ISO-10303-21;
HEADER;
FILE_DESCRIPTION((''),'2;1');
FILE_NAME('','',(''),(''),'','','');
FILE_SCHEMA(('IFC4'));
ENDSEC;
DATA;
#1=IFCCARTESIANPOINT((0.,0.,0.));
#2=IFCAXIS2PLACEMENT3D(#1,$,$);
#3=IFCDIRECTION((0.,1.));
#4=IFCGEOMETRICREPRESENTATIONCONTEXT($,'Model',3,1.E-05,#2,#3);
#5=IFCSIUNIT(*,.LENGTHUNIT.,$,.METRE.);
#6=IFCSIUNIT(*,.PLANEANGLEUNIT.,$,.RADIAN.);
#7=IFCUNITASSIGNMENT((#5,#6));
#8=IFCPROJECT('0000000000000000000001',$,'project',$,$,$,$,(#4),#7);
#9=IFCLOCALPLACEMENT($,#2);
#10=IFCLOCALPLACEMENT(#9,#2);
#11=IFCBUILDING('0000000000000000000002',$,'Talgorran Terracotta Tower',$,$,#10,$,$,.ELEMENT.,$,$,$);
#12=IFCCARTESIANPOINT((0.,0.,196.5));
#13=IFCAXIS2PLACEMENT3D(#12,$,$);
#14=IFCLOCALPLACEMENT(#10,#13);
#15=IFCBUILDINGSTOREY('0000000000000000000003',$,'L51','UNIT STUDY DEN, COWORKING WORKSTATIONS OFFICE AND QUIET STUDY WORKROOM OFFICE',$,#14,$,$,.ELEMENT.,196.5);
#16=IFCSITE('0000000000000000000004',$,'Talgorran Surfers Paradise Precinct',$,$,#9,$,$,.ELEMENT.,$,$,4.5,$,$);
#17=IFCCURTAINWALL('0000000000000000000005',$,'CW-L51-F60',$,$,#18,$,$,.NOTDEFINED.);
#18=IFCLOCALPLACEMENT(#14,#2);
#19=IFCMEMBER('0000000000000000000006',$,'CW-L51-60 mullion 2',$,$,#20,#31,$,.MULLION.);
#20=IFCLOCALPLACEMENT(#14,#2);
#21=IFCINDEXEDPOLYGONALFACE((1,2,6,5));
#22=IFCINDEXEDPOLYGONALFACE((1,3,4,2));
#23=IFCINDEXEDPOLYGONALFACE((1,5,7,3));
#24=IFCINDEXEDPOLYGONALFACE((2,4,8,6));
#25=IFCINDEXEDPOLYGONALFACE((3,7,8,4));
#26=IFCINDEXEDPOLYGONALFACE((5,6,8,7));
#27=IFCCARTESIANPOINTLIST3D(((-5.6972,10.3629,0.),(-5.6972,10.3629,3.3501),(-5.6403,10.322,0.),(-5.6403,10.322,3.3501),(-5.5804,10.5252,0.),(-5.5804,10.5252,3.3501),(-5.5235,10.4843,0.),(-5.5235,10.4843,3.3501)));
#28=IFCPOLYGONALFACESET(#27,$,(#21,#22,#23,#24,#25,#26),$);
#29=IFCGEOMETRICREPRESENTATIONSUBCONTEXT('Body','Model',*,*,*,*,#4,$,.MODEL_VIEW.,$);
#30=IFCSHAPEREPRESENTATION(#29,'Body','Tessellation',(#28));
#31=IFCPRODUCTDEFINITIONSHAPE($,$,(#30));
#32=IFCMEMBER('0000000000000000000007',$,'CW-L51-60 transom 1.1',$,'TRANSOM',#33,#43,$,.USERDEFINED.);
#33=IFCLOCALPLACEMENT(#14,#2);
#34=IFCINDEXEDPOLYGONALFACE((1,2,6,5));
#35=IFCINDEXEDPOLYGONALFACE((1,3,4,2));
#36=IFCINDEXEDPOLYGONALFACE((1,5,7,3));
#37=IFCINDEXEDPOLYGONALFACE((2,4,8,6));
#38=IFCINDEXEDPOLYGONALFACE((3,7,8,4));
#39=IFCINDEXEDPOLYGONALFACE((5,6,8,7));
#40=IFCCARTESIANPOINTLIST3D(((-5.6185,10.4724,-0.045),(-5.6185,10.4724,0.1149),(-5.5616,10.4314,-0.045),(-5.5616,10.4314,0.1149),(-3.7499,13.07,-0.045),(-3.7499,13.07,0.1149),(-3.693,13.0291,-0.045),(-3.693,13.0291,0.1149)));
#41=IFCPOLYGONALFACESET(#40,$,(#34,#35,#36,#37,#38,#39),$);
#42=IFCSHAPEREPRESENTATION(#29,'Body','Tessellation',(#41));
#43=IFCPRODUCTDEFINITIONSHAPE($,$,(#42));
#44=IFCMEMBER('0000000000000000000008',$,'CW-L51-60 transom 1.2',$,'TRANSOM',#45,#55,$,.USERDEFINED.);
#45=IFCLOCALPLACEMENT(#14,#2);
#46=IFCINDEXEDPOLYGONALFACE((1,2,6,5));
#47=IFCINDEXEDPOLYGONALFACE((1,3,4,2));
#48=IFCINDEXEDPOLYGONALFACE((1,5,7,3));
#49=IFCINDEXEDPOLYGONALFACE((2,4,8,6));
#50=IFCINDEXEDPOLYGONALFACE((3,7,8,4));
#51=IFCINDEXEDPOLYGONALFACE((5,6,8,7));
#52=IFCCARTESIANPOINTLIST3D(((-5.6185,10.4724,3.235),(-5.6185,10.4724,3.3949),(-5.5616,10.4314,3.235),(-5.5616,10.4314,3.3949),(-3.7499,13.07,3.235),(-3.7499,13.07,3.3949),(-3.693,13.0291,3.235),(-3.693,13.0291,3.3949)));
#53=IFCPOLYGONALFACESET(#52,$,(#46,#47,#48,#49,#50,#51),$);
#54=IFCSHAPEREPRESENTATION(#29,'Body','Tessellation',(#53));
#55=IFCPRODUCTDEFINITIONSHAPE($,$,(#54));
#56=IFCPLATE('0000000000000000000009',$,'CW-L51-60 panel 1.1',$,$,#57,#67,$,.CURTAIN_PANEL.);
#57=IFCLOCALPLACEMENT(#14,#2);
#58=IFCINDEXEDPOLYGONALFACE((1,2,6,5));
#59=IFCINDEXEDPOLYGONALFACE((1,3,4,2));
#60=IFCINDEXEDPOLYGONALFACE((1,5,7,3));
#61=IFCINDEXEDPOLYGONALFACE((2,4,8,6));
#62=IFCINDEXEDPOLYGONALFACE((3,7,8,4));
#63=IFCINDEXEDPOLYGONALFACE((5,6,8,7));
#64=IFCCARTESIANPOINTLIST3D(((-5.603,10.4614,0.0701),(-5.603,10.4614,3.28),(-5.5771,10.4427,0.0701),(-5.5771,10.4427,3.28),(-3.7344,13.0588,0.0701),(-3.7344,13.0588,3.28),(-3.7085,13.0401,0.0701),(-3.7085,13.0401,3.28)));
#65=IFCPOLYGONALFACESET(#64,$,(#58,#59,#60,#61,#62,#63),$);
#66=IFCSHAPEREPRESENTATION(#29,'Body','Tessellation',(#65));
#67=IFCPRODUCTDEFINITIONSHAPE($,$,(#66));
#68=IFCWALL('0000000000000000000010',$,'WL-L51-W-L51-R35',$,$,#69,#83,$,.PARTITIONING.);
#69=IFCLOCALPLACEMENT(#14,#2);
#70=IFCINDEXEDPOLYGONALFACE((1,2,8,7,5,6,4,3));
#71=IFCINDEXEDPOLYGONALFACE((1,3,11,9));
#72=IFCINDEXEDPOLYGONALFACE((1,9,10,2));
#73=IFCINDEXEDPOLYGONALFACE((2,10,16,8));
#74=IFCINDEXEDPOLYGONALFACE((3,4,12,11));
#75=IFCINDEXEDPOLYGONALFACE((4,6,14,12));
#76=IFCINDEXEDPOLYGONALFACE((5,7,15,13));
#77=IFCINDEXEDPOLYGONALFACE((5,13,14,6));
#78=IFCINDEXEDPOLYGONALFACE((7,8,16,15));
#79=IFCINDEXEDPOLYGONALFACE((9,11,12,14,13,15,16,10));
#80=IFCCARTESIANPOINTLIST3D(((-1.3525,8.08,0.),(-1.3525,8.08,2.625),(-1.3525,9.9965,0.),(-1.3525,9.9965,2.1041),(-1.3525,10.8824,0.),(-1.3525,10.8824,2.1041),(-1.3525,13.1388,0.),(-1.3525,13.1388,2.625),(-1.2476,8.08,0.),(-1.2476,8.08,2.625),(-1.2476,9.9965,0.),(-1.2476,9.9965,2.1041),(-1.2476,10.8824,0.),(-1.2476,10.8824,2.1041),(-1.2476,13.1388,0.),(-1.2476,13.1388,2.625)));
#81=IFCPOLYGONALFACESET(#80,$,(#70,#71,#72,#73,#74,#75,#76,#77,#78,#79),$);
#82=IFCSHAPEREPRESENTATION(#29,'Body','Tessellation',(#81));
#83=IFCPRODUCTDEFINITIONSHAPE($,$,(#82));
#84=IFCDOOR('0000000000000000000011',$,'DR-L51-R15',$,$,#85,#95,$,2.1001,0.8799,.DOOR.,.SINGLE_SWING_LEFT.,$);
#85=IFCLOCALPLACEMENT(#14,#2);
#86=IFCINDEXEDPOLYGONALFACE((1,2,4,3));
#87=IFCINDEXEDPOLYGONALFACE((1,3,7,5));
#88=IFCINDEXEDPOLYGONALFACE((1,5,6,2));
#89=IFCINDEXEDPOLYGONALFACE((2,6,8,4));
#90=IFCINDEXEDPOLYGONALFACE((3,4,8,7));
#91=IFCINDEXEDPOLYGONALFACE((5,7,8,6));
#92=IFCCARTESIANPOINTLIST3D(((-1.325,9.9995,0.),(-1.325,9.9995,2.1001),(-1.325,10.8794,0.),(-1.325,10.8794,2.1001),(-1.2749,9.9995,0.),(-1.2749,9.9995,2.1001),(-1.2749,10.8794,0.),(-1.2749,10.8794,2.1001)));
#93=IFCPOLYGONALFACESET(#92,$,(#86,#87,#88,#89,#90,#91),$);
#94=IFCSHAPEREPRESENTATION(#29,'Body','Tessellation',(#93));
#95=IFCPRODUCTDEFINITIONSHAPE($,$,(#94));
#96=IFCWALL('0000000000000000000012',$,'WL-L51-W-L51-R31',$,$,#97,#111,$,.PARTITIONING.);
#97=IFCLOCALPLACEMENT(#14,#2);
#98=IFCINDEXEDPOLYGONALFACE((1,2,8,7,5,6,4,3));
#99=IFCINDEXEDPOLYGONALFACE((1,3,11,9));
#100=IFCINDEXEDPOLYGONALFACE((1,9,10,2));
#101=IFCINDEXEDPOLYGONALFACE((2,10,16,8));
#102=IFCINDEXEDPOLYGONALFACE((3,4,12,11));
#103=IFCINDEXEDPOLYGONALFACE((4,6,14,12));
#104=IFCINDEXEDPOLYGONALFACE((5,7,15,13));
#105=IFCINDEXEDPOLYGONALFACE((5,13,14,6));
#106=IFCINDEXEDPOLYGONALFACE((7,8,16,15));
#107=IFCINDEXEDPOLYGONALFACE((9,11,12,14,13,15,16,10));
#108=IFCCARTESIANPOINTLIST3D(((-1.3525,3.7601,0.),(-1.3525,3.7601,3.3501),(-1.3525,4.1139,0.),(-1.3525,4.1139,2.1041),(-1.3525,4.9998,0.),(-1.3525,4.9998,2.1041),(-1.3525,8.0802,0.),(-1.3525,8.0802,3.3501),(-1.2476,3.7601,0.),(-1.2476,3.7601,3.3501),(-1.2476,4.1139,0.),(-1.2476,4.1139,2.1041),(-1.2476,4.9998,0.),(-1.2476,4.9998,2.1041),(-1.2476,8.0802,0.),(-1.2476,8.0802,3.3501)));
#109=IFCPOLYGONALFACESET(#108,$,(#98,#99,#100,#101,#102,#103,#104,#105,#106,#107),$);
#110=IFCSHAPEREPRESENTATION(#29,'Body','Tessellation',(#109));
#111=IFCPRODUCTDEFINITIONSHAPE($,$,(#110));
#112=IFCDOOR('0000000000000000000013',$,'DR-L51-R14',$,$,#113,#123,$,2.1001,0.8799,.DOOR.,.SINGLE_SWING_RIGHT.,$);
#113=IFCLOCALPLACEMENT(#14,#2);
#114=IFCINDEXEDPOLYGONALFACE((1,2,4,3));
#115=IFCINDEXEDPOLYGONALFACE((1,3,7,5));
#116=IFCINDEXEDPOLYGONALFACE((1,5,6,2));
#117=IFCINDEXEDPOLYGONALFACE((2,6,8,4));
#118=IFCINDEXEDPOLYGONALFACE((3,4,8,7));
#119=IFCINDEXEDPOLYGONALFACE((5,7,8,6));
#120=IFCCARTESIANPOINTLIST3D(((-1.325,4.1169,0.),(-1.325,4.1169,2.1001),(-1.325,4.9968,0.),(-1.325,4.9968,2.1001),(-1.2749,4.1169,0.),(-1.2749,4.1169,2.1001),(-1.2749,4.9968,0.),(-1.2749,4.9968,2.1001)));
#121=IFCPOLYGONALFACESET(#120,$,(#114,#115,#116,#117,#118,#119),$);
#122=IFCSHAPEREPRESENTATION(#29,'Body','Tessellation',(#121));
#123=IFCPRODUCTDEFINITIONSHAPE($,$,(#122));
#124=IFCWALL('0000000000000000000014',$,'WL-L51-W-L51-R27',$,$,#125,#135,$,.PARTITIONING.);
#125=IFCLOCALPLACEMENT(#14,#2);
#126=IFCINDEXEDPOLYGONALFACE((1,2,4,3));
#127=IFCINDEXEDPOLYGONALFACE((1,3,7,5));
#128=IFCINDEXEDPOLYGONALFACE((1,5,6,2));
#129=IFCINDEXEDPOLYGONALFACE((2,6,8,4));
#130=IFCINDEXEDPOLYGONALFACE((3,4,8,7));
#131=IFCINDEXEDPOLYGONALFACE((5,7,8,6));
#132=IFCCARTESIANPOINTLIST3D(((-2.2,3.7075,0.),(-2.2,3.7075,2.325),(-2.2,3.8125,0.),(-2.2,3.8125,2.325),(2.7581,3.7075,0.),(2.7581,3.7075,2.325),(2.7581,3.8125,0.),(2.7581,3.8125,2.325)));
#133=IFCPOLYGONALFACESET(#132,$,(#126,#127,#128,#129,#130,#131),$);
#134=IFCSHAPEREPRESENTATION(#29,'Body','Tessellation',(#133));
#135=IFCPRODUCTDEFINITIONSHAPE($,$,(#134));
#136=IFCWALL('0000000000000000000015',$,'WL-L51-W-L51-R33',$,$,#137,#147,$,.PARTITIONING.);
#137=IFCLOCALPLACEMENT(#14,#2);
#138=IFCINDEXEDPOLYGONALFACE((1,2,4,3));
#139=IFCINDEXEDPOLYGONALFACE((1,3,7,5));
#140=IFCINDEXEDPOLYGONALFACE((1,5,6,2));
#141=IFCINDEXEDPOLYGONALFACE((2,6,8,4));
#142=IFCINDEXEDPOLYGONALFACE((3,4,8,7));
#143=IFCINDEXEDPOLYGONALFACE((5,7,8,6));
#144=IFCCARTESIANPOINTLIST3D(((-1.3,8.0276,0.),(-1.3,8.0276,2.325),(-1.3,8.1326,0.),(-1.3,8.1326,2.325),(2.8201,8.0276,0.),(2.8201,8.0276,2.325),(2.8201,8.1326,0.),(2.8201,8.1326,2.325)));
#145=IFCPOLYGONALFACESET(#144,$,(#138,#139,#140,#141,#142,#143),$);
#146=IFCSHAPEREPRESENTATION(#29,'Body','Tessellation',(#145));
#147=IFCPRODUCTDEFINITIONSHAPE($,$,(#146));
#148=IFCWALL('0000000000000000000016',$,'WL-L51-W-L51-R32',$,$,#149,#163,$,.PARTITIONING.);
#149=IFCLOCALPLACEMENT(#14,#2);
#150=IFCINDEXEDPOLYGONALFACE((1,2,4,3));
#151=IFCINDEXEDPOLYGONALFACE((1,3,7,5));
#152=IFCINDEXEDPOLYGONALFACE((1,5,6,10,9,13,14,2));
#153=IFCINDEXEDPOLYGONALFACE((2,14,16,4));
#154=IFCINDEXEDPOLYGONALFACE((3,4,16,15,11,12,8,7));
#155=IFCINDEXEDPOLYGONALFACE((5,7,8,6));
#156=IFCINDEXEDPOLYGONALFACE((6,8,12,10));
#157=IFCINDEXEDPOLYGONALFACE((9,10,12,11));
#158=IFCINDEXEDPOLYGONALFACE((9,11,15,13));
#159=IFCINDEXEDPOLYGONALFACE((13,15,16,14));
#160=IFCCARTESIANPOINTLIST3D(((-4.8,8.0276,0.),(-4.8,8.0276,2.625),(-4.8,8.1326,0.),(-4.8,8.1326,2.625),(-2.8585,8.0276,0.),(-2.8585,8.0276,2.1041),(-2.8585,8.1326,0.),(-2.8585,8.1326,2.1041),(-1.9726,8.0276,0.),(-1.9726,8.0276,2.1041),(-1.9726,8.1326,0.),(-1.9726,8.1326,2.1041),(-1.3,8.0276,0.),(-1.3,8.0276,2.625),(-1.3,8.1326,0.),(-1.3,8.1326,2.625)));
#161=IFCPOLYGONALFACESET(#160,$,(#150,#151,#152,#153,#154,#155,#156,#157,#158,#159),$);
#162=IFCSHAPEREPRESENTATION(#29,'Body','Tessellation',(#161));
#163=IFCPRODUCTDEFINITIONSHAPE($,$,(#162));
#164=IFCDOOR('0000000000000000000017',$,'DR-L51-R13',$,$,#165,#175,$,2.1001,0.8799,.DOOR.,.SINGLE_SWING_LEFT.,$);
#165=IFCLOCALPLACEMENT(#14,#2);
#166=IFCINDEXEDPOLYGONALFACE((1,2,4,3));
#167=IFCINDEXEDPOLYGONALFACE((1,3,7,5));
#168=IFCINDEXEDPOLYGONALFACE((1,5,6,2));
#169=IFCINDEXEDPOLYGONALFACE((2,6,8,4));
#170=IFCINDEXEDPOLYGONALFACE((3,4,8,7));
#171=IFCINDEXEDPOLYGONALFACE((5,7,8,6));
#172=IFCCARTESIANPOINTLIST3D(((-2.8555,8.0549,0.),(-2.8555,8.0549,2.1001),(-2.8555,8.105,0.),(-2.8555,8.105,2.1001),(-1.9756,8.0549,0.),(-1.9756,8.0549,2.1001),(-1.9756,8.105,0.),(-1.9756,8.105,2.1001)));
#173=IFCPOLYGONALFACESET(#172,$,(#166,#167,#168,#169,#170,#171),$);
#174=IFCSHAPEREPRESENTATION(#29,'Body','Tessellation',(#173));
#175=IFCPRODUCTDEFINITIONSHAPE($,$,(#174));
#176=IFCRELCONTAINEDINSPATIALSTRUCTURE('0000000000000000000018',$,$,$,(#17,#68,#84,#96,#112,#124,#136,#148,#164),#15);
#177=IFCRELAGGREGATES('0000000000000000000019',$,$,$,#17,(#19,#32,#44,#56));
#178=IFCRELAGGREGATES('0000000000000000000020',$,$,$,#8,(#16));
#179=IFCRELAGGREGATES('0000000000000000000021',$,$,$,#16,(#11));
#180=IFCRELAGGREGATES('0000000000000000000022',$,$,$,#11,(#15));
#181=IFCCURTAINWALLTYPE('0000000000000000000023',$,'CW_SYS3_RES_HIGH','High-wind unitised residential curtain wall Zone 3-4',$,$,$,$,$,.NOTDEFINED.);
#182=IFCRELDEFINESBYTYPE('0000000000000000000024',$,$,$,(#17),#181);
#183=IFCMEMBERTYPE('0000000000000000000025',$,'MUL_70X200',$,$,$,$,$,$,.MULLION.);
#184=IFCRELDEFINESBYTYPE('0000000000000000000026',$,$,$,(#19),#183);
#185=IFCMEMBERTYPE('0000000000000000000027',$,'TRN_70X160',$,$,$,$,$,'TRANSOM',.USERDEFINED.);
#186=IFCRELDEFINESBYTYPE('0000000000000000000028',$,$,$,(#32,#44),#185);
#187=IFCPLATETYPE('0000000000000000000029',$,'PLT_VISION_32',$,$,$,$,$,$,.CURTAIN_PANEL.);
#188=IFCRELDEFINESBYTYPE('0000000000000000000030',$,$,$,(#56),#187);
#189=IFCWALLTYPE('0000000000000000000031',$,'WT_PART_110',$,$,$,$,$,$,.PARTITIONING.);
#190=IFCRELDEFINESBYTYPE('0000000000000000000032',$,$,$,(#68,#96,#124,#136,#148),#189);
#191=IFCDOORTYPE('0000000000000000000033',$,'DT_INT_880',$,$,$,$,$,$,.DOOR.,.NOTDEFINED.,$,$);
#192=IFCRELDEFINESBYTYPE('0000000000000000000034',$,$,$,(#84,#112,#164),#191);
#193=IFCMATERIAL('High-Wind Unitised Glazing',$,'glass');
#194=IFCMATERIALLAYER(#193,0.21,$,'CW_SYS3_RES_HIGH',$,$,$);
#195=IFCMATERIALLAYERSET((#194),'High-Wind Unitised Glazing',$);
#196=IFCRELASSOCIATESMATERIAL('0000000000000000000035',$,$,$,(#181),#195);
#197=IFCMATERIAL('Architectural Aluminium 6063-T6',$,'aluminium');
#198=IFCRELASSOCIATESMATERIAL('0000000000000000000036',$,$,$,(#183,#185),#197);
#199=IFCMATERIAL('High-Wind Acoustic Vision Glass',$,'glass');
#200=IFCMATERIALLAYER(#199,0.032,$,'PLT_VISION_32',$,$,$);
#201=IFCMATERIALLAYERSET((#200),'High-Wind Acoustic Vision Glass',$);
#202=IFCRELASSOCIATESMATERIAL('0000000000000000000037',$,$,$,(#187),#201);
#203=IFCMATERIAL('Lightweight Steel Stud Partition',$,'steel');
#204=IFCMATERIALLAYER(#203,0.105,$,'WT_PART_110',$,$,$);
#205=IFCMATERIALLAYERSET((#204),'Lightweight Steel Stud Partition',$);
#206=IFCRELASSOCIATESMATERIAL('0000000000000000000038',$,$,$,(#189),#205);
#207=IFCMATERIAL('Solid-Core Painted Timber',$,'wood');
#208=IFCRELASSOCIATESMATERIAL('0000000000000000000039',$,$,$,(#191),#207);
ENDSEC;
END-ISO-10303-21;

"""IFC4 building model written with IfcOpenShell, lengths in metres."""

from ifc_helpers import new_model, si_unit, direction, frame, frame_2d, origin, origin_2d, place, context, subcontext, project, spatial, rectangle, extrude, source, transform, mapped, material, layer, layer_set, material_profile, profile_set, type_object, type_shapes, element, fill, aggregate, save


model = new_model("IFC4")

# Units and contexts
model_context = context("Model", 3, precision=1e-05, world=origin(), true_north=direction((0.0, 1.0)))
body_context = subcontext(model_context, "Body", "Model", "MODEL_VIEW")
ifc_project = project(units=[si_unit("LENGTHUNIT", "METRE"), si_unit("PLANEANGLEUNIT", "RADIAN")], contexts=[model_context])

# Site, building, storey
site_placement = place(None, origin())
site = spatial("IfcSite", under=ifc_project, at=site_placement, Name="Talgorran Surfers Paradise Precinct", CompositionType="ELEMENT", RefElevation=4.5)
building_placement = place(site_placement, origin())
building = spatial("IfcBuilding", under=site, at=building_placement, Name="Talgorran Terracotta Tower", CompositionType="ELEMENT")
storey_placement = place(building_placement, frame((0.0, 0.0, 196.5)))
storey = spatial("IfcBuildingStorey", under=building, at=storey_placement, Name="L51", Description="UNIT STUDY DEN, COWORKING WORKSTATIONS OFFICE AND QUIET STUDY WORKROOM OFFICE", CompositionType="ELEMENT", Elevation=196.5)

# Shared definitions
ifc_material_1 = material(Name="High-Wind Unitised Glazing", Category="glass")
ifc_layer_1 = layer(ifc_material_1, 0.21, Name="CW_SYS3_RES_HIGH")
ifc_layer_set_1 = layer_set([ifc_layer_1], Name="High-Wind Unitised Glazing")
curtain_wall_type = type_object("IfcCurtainWallType", Name="CW_SYS3_RES_HIGH", Description="High-wind unitised residential curtain wall Zone 3-4", PredefinedType="NOTDEFINED", material=ifc_layer_set_1)
ifc_material_2 = material(Name="Architectural Aluminium 6063-T6", Category="aluminium")
ifc_material_profile_1 = material_profile(ifc_material_2, rectangle(XDim=0.0701, YDim=0.2, at=origin_2d()), Name="CWM70X200")
ifc_profile_set_1 = profile_set([ifc_material_profile_1], Name="Architectural Aluminium 6063-T6")
member_type_1 = type_object("IfcMemberType", Name="MUL_70X200", PredefinedType="MULLION", material=ifc_profile_set_1)

# Curtain wall, members, plate
curtain_wall_1_placement = place(storey_placement, origin())
curtain_wall_1 = element("IfcCurtainWall", 1, at=curtain_wall_1_placement, inside=storey, type_object=curtain_wall_type, Name="CW-L51-F60", PredefinedType="NOTDEFINED")
member_1_placement = place(storey_placement, frame((-5.6104, 10.4236, 0.0), z_axis=(0.0, 0.0, 1.0), x_axis=(0.81176, -0.583991, 0.0)))
member_1 = element("IfcMember", 2, at=member_1_placement, type_object=member_type_1, Name="CW-L51-60 mullion 2", PredefinedType="MULLION", context=body_context, shape_type="SweptSolid", body=[
    extrude(rectangle(XDim=0.0701, YDim=0.2, at=origin_2d()), origin(), (0.0, 0.0, 1.0), 3.3501),
])
ifc_material_profile_2 = material_profile(ifc_material_2, rectangle(XDim=0.0701, YDim=0.1599, at=origin_2d()), Name="CWT70X160")
ifc_profile_set_2 = profile_set([ifc_material_profile_2], Name="Architectural Aluminium 6063-T6")
member_type_2 = type_object("IfcMemberType", Name="TRN_70X160", ElementType="TRANSOM", PredefinedType="USERDEFINED", material=ifc_profile_set_2)
member_2_placement = place(storey_placement, frame((-3.7214, 13.0496, 0.0349), z_axis=(-0.583963, -0.81178, 0.0), x_axis=(0.81178, -0.583963, 0.0)))
member_2 = element("IfcMember", 3, at=member_2_placement, type_object=member_type_2, Name="CW-L51-60 transom 1.1", ObjectType="TRANSOM", PredefinedType="USERDEFINED", context=body_context, shape_type="SweptSolid", body=[
    extrude(rectangle(XDim=0.0701, YDim=0.1599, at=origin_2d()), origin(), (0.0, 0.0, 1.0), 3.2),
])
member_3_placement = place(storey_placement, frame((-3.7214, 13.0496, 3.3149), z_axis=(-0.583963, -0.81178, 0.0), x_axis=(0.81178, -0.583963, 0.0)))
member_3 = element("IfcMember", 4, at=member_3_placement, type_object=member_type_2, Name="CW-L51-60 transom 1.2", ObjectType="TRANSOM", PredefinedType="USERDEFINED", context=body_context, shape_type="SweptSolid", body=[
    extrude(rectangle(XDim=0.0701, YDim=0.1599, at=origin_2d()), origin(), (0.0, 0.0, 1.0), 3.2),
])
ifc_material_3 = material(Name="High-Wind Acoustic Vision Glass", Category="glass")
ifc_layer_2 = layer(ifc_material_3, 0.032, Name="PLT_VISION_32")
ifc_layer_set_2 = layer_set([ifc_layer_2], Name="High-Wind Acoustic Vision Glass")
plate_type = type_object("IfcPlateType", Name="PLT_VISION_32", PredefinedType="CURTAIN_PANEL", material=ifc_layer_set_2)
shared_shape = source(origin(), body_context, "Body", "SweptSolid", [
    extrude(rectangle(XDim=3.1997, YDim=0.032, at=origin_2d()), origin(), (0.0, 0.0, 1.0), 3.21),
])
type_shapes(plate_type, [shared_shape])
plate_placement = place(storey_placement, frame((-4.6558, 11.7507, 0.0701), z_axis=(0.0, 0.0, 1.0), x_axis=(-0.583991, -0.81176, 0.0)))
plate = element("IfcPlate", 5, at=plate_placement, type_object=plate_type, Name="CW-L51-60 panel 1.1", PredefinedType="CURTAIN_PANEL", context=body_context, shape_type="MappedRepresentation", body=[
    mapped(shared_shape, transform((0.0, 0.0, 0.0), scale=1.0)),
])
aggregate(curtain_wall_1, [member_1, member_2, member_3, plate])

# Walls, openings, doors
ifc_material_4 = material(Name="Lightweight Steel Stud Partition", Category="steel")
ifc_layer_3 = layer(ifc_material_4, 0.105, Name="WT_PART_110")
ifc_layer_set_3 = layer_set([ifc_layer_3], Name="Lightweight Steel Stud Partition")
wall_type_1 = type_object("IfcWallType", Name="WT_PART_110", PredefinedType="PARTITIONING", material=ifc_layer_set_3)
wall_1_placement = place(storey_placement, frame((-1.3, 8.0801, 0.0), z_axis=(0.0, 0.0, 1.0), x_axis=(0.0, 1.0, 0.0)))
wall_1 = element("IfcWall", 6, at=wall_1_placement, inside=storey, type_object=wall_type_1, Name="WL-L51-W-L51-R35", PredefinedType="PARTITIONING", context=body_context, shape_type="SweptSolid", body=[
    extrude(rectangle(XDim=5.0588, YDim=0.105, at=frame_2d((2.5293, 0.0))), origin(), (0.0, 0.0, 1.0), 2.625),
])
opening_1_placement = place(wall_1_placement, frame((1.9194, 0.0, 0.0)))
opening_1 = element("IfcOpeningElement", 7, at=opening_1_placement, cuts=wall_1, PredefinedType="OPENING", context=body_context, shape_type="SweptSolid", body=[
    extrude(rectangle(XDim=0.8859, YDim=2.1041, at=frame_2d((0.4399, 1.052))), frame((0.0, 0.0625, 0.0), z_axis=(0.0, -1.0, 0.0), x_axis=(1.0, 0.0, 0.0)), (0.0, 0.0, 1.0), 0.125),
])
ifc_material_5 = material(Name="Solid-Core Painted Timber", Category="wood")
door_type = type_object("IfcDoorType", Name="DT_INT_880", OperationType="NOTDEFINED", PredefinedType="DOOR", material=ifc_material_5)
door_1_placement = place(opening_1_placement, origin())
door_1 = element("IfcDoor", 8, at=door_1_placement, inside=storey, type_object=door_type, Name="DR-L51-R15", OperationType="SINGLE_SWING_LEFT", OverallHeight=2.1001, OverallWidth=0.8799, PredefinedType="DOOR", context=body_context, shape_type="SweptSolid", body=[
    extrude(rectangle(XDim=0.8799, YDim=2.1001, at=frame_2d((0.4399, 1.05))), frame((0.0, 0.0249, 0.0), z_axis=(0.0, -1.0, 0.0), x_axis=(1.0, 0.0, 0.0)), (0.0, 0.0, 1.0), 0.05),
])
fill(opening_1, door_1)
wall_2_placement = place(storey_placement, frame((-1.3, 3.76, 0.0), z_axis=(0.0, 0.0, 1.0), x_axis=(0.0, 1.0, 0.0)))
wall_2 = element("IfcWall", 9, at=wall_2_placement, inside=storey, type_object=wall_type_1, Name="WL-L51-W-L51-R31", PredefinedType="PARTITIONING", context=body_context, shape_type="SweptSolid", body=[
    extrude(rectangle(XDim=4.3201, YDim=0.105, at=frame_2d((2.1602, 0.0))), origin(), (0.0, 0.0, 1.0), 3.3501),
])
opening_2_placement = place(wall_2_placement, frame((0.3569, 0.0, 0.0)))
opening_2 = element("IfcOpeningElement", 10, at=opening_2_placement, cuts=wall_2, PredefinedType="OPENING", context=body_context, shape_type="SweptSolid", body=[
    extrude(rectangle(XDim=0.8859, YDim=2.1041, at=frame_2d((0.4399, 1.052))), frame((0.0, 0.0625, 0.0), z_axis=(0.0, -1.0, 0.0), x_axis=(1.0, 0.0, 0.0)), (0.0, 0.0, 1.0), 0.125),
])
door_2_placement = place(opening_2_placement, origin())
door_2 = element("IfcDoor", 11, at=door_2_placement, inside=storey, type_object=door_type, Name="DR-L51-R14", OperationType="SINGLE_SWING_RIGHT", OverallHeight=2.1001, OverallWidth=0.8799, PredefinedType="DOOR", context=body_context, shape_type="SweptSolid", body=[
    extrude(rectangle(XDim=0.8799, YDim=2.1001, at=frame_2d((0.4399, 1.05))), frame((0.0, 0.0249, 0.0), z_axis=(0.0, -1.0, 0.0), x_axis=(1.0, 0.0, 0.0)), (0.0, 0.0, 1.0), 0.05),
])
fill(opening_2, door_2)

# Walls
wall_3_placement = place(storey_placement, frame((-2.2, 3.76, 0.0), z_axis=(0.0, 0.0, 1.0), x_axis=(1.0, 0.0, 0.0)))
element("IfcWall", 12, at=wall_3_placement, inside=storey, type_object=wall_type_1, Name="WL-L51-W-L51-R27", PredefinedType="PARTITIONING", context=body_context, shape_type="SweptSolid", body=[
    extrude(rectangle(XDim=4.958, YDim=0.105, at=frame_2d((2.479, 0.0))), origin(), (0.0, 0.0, 1.0), 2.325),
])
wall_4_placement = place(storey_placement, frame((-1.3, 8.0801, 0.0), z_axis=(0.0, 0.0, 1.0), x_axis=(1.0, 0.0, 0.0)))
element("IfcWall", 13, at=wall_4_placement, inside=storey, type_object=wall_type_1, Name="WL-L51-W-L51-R33", PredefinedType="PARTITIONING", context=body_context, shape_type="SweptSolid", body=[
    extrude(rectangle(XDim=4.1201, YDim=0.105, at=frame_2d((2.0601, 0.0))), origin(), (0.0, 0.0, 1.0), 2.325),
])

# Wall, opening, door
wall_5_placement = place(storey_placement, frame((-4.8, 8.0801, 0.0), z_axis=(0.0, 0.0, 1.0), x_axis=(1.0, 0.0, 0.0)))
wall_5 = element("IfcWall", 14, at=wall_5_placement, inside=storey, type_object=wall_type_1, Name="WL-L51-W-L51-R32", PredefinedType="PARTITIONING", context=body_context, shape_type="SweptSolid", body=[
    extrude(rectangle(XDim=3.5, YDim=0.105, at=frame_2d((1.75, 0.0))), origin(), (0.0, 0.0, 1.0), 2.625),
])
opening_3_placement = place(wall_5_placement, frame((1.9446, 0.0, 0.0)))
opening_3 = element("IfcOpeningElement", 15, at=opening_3_placement, cuts=wall_5, PredefinedType="OPENING", context=body_context, shape_type="SweptSolid", body=[
    extrude(rectangle(XDim=0.8859, YDim=2.1041, at=frame_2d((0.4399, 1.052))), frame((0.0, 0.0625, 0.0), z_axis=(0.0, -1.0, 0.0), x_axis=(1.0, 0.0, 0.0)), (0.0, 0.0, 1.0), 0.125),
])
door_3_placement = place(opening_3_placement, origin())
door_3 = element("IfcDoor", 16, at=door_3_placement, inside=storey, type_object=door_type, Name="DR-L51-R13", OperationType="SINGLE_SWING_LEFT", OverallHeight=2.1001, OverallWidth=0.8799, PredefinedType="DOOR", context=body_context, shape_type="SweptSolid", body=[
    extrude(rectangle(XDim=0.8799, YDim=2.1001, at=frame_2d((0.4399, 1.05))), frame((0.0, 0.0249, 0.0), z_axis=(0.0, -1.0, 0.0), x_axis=(1.0, 0.0, 0.0)), (0.0, 0.0, 1.0), 0.05),
])
fill(opening_3, door_3)

save(model, "model.ifc")
